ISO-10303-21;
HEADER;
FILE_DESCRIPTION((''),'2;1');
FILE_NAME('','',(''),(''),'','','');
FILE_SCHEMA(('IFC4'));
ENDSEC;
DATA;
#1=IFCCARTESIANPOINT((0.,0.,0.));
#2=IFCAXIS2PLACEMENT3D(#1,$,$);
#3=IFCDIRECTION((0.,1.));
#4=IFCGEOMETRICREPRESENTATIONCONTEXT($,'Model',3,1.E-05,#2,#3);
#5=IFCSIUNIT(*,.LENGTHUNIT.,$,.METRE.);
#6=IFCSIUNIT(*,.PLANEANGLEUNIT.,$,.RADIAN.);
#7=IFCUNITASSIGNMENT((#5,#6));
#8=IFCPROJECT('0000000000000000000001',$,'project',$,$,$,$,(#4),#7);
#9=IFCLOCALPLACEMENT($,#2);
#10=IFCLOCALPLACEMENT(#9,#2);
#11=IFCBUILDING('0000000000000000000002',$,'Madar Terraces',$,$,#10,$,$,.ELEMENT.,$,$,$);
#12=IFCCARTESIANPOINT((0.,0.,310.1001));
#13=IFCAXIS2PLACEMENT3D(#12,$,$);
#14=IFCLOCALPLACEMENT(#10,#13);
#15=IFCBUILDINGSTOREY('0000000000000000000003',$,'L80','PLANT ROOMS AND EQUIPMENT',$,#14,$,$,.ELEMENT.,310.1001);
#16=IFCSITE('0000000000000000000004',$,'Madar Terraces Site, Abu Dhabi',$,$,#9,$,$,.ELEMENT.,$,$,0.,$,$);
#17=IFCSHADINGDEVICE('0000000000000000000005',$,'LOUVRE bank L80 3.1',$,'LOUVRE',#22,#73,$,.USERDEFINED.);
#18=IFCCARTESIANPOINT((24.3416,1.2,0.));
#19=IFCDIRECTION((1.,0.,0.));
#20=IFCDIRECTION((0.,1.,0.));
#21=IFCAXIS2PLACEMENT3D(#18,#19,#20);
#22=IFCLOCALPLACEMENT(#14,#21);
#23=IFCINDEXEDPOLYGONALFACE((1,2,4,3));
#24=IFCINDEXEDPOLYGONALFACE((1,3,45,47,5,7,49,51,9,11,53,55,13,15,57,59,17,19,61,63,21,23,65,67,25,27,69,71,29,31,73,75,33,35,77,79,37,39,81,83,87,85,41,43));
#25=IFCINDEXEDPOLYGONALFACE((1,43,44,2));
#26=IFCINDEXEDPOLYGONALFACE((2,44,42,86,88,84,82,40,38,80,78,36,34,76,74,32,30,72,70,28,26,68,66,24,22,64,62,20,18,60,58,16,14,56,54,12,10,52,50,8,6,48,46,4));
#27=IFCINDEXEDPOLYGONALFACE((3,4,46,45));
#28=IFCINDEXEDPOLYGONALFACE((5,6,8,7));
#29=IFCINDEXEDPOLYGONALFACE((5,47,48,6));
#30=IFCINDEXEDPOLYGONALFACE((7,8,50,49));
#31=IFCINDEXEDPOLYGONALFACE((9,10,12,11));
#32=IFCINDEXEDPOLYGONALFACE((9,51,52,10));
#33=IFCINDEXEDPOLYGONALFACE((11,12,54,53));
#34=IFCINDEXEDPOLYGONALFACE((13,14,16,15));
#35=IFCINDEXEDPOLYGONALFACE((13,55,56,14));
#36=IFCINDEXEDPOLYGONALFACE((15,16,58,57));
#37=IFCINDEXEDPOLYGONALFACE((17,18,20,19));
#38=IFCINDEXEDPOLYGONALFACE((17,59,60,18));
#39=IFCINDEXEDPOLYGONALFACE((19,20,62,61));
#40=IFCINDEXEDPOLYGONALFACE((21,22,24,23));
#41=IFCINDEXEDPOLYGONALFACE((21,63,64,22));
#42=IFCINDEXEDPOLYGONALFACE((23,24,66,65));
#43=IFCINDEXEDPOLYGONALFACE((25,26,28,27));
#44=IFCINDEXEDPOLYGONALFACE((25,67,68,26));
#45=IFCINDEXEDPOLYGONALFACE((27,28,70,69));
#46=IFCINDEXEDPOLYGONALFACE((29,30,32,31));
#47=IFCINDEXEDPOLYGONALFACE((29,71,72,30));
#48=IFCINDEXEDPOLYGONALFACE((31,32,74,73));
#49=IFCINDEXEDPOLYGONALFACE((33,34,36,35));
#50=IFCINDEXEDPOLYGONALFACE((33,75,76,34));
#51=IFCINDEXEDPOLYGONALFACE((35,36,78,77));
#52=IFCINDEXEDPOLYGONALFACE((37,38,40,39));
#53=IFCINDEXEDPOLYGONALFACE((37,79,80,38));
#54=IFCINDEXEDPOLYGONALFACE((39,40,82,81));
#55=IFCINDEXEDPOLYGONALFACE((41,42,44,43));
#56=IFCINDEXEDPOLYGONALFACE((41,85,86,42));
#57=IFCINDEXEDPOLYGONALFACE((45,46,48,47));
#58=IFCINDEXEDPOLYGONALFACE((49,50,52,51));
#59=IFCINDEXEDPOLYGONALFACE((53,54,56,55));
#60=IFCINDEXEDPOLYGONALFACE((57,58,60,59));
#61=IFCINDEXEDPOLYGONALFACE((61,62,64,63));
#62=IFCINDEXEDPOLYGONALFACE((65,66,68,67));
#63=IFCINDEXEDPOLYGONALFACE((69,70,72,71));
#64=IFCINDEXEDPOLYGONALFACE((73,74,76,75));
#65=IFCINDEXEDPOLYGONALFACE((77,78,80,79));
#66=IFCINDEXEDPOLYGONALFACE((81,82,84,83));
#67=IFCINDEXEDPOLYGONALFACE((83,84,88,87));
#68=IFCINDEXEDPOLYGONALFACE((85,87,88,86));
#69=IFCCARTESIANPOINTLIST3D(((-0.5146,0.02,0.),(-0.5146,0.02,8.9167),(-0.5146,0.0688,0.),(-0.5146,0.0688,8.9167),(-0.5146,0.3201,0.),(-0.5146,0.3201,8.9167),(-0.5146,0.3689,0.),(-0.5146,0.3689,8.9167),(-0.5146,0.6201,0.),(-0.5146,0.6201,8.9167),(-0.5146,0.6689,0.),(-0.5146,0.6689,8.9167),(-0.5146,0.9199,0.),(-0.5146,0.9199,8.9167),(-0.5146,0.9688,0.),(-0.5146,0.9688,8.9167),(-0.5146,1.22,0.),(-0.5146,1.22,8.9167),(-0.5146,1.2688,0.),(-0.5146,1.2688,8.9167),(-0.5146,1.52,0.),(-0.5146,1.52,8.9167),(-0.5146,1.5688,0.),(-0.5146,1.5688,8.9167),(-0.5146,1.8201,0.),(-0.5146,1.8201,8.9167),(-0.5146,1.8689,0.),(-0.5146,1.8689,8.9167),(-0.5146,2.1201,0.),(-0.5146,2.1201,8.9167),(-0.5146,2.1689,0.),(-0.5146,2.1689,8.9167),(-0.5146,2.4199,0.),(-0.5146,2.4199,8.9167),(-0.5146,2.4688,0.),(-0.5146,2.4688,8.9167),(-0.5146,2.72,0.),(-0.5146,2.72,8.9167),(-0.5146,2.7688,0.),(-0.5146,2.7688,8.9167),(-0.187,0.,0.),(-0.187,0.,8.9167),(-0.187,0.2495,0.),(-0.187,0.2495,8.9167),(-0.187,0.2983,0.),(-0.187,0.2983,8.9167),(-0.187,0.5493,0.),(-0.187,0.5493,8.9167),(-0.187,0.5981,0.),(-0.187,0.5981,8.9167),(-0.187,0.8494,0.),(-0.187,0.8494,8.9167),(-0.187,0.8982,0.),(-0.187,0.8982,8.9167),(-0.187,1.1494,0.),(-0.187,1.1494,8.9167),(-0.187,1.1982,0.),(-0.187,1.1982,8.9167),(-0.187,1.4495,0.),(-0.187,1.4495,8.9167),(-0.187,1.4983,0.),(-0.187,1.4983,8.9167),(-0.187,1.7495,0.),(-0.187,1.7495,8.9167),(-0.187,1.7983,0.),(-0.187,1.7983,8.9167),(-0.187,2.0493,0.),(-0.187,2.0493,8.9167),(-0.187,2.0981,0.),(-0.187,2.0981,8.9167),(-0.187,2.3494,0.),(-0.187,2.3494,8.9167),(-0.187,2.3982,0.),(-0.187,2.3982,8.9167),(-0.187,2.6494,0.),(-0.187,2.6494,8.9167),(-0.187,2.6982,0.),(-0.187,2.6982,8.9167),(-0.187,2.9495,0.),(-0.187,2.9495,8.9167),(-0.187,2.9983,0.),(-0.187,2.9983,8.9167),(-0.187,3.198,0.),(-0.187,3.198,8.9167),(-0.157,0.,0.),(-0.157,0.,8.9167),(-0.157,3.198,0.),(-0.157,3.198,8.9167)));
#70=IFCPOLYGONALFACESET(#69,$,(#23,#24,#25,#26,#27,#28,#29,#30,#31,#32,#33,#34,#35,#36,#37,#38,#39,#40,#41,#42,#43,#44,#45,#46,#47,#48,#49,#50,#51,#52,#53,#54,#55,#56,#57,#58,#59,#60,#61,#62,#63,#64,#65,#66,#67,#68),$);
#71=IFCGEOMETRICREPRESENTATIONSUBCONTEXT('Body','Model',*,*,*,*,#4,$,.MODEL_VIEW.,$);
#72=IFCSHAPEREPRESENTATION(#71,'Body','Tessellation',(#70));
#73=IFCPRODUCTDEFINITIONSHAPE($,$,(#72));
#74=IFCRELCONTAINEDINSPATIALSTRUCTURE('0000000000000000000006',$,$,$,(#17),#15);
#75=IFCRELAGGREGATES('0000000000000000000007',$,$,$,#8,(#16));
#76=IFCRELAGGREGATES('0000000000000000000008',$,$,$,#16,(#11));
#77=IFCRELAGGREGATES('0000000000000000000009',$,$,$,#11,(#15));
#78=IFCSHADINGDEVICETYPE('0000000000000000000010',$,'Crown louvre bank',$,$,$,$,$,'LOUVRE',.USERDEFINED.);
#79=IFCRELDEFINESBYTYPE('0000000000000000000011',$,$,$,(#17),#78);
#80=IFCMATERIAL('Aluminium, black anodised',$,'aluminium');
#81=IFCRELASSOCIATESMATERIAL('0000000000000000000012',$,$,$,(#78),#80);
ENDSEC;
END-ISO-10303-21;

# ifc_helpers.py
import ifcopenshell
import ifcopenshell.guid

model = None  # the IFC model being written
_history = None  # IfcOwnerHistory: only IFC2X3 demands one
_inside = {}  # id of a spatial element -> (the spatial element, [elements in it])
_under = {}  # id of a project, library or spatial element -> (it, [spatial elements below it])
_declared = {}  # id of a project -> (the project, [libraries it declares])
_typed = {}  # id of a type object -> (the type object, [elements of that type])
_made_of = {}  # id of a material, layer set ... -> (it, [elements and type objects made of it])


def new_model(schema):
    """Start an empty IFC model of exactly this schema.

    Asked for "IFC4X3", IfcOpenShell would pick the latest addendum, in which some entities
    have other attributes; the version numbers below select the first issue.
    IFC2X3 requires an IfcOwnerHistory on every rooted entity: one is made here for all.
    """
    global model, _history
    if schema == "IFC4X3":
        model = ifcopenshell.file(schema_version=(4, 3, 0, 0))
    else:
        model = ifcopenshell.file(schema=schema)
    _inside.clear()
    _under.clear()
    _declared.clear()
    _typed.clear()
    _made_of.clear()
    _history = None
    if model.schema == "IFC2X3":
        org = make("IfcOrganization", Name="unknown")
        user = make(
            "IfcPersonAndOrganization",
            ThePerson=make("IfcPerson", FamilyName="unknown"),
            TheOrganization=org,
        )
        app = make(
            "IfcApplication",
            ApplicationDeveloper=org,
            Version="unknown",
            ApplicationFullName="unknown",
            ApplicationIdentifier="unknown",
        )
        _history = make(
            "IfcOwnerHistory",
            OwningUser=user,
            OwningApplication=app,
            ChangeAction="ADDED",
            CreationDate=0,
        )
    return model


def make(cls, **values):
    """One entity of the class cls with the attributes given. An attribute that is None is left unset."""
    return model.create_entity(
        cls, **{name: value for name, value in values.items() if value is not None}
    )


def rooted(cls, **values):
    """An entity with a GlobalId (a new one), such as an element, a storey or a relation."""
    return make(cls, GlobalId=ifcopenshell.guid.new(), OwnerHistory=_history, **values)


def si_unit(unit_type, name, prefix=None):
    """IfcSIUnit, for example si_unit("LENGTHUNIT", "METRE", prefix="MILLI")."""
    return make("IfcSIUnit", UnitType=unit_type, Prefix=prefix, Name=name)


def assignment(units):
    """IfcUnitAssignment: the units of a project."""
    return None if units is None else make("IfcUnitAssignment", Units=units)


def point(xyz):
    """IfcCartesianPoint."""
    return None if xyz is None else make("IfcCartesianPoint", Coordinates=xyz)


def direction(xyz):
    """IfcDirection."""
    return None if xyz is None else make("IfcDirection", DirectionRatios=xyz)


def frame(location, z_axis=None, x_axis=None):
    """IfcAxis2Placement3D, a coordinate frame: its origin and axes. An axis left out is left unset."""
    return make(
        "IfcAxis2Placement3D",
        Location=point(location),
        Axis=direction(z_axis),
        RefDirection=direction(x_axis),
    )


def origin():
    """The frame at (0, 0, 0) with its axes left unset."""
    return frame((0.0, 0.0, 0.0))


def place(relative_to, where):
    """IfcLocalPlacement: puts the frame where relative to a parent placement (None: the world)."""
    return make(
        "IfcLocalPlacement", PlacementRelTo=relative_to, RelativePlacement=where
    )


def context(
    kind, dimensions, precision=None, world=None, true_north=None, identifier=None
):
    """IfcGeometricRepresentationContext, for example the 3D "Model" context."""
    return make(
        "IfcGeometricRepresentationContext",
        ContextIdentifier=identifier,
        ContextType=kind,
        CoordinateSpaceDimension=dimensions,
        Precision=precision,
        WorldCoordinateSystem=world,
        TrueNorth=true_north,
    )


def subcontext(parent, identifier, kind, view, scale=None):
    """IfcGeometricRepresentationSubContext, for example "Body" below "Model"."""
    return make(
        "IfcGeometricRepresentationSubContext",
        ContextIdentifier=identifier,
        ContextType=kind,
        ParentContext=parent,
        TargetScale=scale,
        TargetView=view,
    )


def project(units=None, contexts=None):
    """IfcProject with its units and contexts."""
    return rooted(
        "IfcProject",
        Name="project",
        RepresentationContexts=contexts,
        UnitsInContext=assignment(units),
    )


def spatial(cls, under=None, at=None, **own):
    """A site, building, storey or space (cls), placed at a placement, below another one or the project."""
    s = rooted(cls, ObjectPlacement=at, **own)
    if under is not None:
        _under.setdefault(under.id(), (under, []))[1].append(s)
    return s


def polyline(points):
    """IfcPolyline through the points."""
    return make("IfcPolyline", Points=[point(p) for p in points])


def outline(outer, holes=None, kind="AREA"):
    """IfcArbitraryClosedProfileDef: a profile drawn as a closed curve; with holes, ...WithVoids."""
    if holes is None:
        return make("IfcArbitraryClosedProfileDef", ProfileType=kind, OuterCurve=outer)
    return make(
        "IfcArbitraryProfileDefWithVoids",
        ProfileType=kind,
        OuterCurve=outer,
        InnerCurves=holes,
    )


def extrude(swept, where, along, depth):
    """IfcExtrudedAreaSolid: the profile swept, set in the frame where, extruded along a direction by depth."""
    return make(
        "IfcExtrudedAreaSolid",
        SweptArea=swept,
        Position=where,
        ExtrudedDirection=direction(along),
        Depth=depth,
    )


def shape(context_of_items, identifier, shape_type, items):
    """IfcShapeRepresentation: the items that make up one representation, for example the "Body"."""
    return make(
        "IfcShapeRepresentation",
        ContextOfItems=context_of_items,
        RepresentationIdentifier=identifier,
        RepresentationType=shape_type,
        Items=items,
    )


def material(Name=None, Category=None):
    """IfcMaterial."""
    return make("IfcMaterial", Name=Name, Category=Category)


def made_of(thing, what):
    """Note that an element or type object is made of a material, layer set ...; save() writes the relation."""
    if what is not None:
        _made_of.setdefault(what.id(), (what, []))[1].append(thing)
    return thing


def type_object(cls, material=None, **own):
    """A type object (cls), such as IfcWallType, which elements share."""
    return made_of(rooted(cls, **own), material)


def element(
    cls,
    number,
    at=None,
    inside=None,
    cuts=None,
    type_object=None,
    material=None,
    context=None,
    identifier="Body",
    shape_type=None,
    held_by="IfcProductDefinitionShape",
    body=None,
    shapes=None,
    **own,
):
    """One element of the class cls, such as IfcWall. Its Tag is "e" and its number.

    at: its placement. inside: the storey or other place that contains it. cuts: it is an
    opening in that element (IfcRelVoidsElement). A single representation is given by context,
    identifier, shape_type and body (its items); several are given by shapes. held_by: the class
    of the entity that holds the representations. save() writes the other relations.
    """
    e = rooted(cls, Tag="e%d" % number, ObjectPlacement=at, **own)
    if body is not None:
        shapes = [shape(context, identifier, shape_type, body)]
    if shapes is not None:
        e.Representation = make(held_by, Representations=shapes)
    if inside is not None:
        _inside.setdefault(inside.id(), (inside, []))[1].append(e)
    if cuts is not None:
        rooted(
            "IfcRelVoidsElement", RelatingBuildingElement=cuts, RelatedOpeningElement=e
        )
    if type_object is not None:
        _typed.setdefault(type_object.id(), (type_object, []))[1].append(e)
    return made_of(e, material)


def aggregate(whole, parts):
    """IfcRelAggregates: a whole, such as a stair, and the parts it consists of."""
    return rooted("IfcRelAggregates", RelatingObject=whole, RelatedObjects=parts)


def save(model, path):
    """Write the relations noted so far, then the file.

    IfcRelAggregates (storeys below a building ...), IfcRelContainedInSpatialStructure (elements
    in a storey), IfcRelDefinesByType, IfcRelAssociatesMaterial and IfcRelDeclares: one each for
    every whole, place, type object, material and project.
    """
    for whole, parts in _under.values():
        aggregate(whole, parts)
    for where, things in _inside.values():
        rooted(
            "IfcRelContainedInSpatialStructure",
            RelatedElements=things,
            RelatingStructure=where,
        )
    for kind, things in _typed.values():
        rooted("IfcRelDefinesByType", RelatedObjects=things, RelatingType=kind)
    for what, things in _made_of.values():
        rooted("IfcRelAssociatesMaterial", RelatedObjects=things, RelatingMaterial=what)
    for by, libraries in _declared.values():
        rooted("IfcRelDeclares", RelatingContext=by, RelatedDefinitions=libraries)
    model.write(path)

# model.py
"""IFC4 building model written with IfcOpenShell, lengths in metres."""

from ifc_helpers import new_model, si_unit, direction, frame, origin, place, context, subcontext, project, spatial, polyline, outline, extrude, material, type_object, element, save


model = new_model("IFC4")

# Units and contexts
model_context = context("Model", 3, precision=1e-05, world=origin(), true_north=direction((0.0, 1.0)))
body_context = subcontext(model_context, "Body", "Model", "MODEL_VIEW")
ifc_project = project(units=[si_unit("LENGTHUNIT", "METRE"), si_unit("PLANEANGLEUNIT", "RADIAN")], contexts=[model_context])

# Site, building, storey
site_placement = place(None, origin())
site = spatial("IfcSite", under=ifc_project, at=site_placement, Name="Madar Terraces Site, Abu Dhabi", CompositionType="ELEMENT", RefElevation=0.0)
building_placement = place(site_placement, origin())
building = spatial("IfcBuilding", under=site, at=building_placement, Name="Madar Terraces", CompositionType="ELEMENT")
storey_placement = place(building_placement, frame((0.0, 0.0, 310.1001)))
storey = spatial("IfcBuildingStorey", under=building, at=storey_placement, Name="L80", Description="PLANT ROOMS AND EQUIPMENT", CompositionType="ELEMENT", Elevation=310.1001)

# Shading device
ifc_material_1 = material(Name="Aluminium, black anodised", Category="aluminium")
shading_device_type = type_object("IfcShadingDeviceType", Name="Crown louvre bank", ElementType="LOUVRE", PredefinedType="USERDEFINED", material=ifc_material_1)
shading_device_1_placement = place(storey_placement, frame((24.3416, 1.2, 0.0), z_axis=(1.0, 0.0, 0.0), x_axis=(0.0, 1.0, 0.0)))
element("IfcShadingDevice", 1, at=shading_device_1_placement, inside=storey, type_object=shading_device_type, Name="LOUVRE bank L80 3.1", ObjectType="LOUVRE", PredefinedType="USERDEFINED", context=body_context, shape_type="SweptSolid", body=[
    extrude(outline(polyline([(-0.157, 0.0), (-0.187, 0.0), (-0.187, 0.2495), (-0.5146, 0.02), (-0.5146, 0.0688), (-0.187, 0.2983), (-0.187, 0.5493), (-0.5146, 0.3201), (-0.5146, 0.3689), (-0.187, 0.5981), (-0.187, 0.8494), (-0.5146, 0.6201), (-0.5146, 0.6689), (-0.187, 0.8982), (-0.187, 1.1494), (-0.5146, 0.9199), (-0.5146, 0.9688), (-0.187, 1.1982), (-0.187, 1.4495), (-0.5146, 1.22), (-0.5146, 1.2688), (-0.187, 1.4983), (-0.187, 1.7495), (-0.5146, 1.52), (-0.5146, 1.5688), (-0.187, 1.7983), (-0.187, 2.0493), (-0.5146, 1.8201), (-0.5146, 1.8689), (-0.187, 2.0981), (-0.187, 2.3494), (-0.5146, 2.1201), (-0.5146, 2.1689), (-0.187, 2.3982), (-0.187, 2.6494), (-0.5146, 2.4199), (-0.5146, 2.4688), (-0.187, 2.6982), (-0.187, 2.9495), (-0.5146, 2.72), (-0.5146, 2.7688), (-0.187, 2.9983), (-0.187, 3.198), (-0.157, 3.198), (-0.157, 0.0)])), origin(), (0.0, 0.0, 1.0), 8.9167),
])

save(model, "model.ifc")
